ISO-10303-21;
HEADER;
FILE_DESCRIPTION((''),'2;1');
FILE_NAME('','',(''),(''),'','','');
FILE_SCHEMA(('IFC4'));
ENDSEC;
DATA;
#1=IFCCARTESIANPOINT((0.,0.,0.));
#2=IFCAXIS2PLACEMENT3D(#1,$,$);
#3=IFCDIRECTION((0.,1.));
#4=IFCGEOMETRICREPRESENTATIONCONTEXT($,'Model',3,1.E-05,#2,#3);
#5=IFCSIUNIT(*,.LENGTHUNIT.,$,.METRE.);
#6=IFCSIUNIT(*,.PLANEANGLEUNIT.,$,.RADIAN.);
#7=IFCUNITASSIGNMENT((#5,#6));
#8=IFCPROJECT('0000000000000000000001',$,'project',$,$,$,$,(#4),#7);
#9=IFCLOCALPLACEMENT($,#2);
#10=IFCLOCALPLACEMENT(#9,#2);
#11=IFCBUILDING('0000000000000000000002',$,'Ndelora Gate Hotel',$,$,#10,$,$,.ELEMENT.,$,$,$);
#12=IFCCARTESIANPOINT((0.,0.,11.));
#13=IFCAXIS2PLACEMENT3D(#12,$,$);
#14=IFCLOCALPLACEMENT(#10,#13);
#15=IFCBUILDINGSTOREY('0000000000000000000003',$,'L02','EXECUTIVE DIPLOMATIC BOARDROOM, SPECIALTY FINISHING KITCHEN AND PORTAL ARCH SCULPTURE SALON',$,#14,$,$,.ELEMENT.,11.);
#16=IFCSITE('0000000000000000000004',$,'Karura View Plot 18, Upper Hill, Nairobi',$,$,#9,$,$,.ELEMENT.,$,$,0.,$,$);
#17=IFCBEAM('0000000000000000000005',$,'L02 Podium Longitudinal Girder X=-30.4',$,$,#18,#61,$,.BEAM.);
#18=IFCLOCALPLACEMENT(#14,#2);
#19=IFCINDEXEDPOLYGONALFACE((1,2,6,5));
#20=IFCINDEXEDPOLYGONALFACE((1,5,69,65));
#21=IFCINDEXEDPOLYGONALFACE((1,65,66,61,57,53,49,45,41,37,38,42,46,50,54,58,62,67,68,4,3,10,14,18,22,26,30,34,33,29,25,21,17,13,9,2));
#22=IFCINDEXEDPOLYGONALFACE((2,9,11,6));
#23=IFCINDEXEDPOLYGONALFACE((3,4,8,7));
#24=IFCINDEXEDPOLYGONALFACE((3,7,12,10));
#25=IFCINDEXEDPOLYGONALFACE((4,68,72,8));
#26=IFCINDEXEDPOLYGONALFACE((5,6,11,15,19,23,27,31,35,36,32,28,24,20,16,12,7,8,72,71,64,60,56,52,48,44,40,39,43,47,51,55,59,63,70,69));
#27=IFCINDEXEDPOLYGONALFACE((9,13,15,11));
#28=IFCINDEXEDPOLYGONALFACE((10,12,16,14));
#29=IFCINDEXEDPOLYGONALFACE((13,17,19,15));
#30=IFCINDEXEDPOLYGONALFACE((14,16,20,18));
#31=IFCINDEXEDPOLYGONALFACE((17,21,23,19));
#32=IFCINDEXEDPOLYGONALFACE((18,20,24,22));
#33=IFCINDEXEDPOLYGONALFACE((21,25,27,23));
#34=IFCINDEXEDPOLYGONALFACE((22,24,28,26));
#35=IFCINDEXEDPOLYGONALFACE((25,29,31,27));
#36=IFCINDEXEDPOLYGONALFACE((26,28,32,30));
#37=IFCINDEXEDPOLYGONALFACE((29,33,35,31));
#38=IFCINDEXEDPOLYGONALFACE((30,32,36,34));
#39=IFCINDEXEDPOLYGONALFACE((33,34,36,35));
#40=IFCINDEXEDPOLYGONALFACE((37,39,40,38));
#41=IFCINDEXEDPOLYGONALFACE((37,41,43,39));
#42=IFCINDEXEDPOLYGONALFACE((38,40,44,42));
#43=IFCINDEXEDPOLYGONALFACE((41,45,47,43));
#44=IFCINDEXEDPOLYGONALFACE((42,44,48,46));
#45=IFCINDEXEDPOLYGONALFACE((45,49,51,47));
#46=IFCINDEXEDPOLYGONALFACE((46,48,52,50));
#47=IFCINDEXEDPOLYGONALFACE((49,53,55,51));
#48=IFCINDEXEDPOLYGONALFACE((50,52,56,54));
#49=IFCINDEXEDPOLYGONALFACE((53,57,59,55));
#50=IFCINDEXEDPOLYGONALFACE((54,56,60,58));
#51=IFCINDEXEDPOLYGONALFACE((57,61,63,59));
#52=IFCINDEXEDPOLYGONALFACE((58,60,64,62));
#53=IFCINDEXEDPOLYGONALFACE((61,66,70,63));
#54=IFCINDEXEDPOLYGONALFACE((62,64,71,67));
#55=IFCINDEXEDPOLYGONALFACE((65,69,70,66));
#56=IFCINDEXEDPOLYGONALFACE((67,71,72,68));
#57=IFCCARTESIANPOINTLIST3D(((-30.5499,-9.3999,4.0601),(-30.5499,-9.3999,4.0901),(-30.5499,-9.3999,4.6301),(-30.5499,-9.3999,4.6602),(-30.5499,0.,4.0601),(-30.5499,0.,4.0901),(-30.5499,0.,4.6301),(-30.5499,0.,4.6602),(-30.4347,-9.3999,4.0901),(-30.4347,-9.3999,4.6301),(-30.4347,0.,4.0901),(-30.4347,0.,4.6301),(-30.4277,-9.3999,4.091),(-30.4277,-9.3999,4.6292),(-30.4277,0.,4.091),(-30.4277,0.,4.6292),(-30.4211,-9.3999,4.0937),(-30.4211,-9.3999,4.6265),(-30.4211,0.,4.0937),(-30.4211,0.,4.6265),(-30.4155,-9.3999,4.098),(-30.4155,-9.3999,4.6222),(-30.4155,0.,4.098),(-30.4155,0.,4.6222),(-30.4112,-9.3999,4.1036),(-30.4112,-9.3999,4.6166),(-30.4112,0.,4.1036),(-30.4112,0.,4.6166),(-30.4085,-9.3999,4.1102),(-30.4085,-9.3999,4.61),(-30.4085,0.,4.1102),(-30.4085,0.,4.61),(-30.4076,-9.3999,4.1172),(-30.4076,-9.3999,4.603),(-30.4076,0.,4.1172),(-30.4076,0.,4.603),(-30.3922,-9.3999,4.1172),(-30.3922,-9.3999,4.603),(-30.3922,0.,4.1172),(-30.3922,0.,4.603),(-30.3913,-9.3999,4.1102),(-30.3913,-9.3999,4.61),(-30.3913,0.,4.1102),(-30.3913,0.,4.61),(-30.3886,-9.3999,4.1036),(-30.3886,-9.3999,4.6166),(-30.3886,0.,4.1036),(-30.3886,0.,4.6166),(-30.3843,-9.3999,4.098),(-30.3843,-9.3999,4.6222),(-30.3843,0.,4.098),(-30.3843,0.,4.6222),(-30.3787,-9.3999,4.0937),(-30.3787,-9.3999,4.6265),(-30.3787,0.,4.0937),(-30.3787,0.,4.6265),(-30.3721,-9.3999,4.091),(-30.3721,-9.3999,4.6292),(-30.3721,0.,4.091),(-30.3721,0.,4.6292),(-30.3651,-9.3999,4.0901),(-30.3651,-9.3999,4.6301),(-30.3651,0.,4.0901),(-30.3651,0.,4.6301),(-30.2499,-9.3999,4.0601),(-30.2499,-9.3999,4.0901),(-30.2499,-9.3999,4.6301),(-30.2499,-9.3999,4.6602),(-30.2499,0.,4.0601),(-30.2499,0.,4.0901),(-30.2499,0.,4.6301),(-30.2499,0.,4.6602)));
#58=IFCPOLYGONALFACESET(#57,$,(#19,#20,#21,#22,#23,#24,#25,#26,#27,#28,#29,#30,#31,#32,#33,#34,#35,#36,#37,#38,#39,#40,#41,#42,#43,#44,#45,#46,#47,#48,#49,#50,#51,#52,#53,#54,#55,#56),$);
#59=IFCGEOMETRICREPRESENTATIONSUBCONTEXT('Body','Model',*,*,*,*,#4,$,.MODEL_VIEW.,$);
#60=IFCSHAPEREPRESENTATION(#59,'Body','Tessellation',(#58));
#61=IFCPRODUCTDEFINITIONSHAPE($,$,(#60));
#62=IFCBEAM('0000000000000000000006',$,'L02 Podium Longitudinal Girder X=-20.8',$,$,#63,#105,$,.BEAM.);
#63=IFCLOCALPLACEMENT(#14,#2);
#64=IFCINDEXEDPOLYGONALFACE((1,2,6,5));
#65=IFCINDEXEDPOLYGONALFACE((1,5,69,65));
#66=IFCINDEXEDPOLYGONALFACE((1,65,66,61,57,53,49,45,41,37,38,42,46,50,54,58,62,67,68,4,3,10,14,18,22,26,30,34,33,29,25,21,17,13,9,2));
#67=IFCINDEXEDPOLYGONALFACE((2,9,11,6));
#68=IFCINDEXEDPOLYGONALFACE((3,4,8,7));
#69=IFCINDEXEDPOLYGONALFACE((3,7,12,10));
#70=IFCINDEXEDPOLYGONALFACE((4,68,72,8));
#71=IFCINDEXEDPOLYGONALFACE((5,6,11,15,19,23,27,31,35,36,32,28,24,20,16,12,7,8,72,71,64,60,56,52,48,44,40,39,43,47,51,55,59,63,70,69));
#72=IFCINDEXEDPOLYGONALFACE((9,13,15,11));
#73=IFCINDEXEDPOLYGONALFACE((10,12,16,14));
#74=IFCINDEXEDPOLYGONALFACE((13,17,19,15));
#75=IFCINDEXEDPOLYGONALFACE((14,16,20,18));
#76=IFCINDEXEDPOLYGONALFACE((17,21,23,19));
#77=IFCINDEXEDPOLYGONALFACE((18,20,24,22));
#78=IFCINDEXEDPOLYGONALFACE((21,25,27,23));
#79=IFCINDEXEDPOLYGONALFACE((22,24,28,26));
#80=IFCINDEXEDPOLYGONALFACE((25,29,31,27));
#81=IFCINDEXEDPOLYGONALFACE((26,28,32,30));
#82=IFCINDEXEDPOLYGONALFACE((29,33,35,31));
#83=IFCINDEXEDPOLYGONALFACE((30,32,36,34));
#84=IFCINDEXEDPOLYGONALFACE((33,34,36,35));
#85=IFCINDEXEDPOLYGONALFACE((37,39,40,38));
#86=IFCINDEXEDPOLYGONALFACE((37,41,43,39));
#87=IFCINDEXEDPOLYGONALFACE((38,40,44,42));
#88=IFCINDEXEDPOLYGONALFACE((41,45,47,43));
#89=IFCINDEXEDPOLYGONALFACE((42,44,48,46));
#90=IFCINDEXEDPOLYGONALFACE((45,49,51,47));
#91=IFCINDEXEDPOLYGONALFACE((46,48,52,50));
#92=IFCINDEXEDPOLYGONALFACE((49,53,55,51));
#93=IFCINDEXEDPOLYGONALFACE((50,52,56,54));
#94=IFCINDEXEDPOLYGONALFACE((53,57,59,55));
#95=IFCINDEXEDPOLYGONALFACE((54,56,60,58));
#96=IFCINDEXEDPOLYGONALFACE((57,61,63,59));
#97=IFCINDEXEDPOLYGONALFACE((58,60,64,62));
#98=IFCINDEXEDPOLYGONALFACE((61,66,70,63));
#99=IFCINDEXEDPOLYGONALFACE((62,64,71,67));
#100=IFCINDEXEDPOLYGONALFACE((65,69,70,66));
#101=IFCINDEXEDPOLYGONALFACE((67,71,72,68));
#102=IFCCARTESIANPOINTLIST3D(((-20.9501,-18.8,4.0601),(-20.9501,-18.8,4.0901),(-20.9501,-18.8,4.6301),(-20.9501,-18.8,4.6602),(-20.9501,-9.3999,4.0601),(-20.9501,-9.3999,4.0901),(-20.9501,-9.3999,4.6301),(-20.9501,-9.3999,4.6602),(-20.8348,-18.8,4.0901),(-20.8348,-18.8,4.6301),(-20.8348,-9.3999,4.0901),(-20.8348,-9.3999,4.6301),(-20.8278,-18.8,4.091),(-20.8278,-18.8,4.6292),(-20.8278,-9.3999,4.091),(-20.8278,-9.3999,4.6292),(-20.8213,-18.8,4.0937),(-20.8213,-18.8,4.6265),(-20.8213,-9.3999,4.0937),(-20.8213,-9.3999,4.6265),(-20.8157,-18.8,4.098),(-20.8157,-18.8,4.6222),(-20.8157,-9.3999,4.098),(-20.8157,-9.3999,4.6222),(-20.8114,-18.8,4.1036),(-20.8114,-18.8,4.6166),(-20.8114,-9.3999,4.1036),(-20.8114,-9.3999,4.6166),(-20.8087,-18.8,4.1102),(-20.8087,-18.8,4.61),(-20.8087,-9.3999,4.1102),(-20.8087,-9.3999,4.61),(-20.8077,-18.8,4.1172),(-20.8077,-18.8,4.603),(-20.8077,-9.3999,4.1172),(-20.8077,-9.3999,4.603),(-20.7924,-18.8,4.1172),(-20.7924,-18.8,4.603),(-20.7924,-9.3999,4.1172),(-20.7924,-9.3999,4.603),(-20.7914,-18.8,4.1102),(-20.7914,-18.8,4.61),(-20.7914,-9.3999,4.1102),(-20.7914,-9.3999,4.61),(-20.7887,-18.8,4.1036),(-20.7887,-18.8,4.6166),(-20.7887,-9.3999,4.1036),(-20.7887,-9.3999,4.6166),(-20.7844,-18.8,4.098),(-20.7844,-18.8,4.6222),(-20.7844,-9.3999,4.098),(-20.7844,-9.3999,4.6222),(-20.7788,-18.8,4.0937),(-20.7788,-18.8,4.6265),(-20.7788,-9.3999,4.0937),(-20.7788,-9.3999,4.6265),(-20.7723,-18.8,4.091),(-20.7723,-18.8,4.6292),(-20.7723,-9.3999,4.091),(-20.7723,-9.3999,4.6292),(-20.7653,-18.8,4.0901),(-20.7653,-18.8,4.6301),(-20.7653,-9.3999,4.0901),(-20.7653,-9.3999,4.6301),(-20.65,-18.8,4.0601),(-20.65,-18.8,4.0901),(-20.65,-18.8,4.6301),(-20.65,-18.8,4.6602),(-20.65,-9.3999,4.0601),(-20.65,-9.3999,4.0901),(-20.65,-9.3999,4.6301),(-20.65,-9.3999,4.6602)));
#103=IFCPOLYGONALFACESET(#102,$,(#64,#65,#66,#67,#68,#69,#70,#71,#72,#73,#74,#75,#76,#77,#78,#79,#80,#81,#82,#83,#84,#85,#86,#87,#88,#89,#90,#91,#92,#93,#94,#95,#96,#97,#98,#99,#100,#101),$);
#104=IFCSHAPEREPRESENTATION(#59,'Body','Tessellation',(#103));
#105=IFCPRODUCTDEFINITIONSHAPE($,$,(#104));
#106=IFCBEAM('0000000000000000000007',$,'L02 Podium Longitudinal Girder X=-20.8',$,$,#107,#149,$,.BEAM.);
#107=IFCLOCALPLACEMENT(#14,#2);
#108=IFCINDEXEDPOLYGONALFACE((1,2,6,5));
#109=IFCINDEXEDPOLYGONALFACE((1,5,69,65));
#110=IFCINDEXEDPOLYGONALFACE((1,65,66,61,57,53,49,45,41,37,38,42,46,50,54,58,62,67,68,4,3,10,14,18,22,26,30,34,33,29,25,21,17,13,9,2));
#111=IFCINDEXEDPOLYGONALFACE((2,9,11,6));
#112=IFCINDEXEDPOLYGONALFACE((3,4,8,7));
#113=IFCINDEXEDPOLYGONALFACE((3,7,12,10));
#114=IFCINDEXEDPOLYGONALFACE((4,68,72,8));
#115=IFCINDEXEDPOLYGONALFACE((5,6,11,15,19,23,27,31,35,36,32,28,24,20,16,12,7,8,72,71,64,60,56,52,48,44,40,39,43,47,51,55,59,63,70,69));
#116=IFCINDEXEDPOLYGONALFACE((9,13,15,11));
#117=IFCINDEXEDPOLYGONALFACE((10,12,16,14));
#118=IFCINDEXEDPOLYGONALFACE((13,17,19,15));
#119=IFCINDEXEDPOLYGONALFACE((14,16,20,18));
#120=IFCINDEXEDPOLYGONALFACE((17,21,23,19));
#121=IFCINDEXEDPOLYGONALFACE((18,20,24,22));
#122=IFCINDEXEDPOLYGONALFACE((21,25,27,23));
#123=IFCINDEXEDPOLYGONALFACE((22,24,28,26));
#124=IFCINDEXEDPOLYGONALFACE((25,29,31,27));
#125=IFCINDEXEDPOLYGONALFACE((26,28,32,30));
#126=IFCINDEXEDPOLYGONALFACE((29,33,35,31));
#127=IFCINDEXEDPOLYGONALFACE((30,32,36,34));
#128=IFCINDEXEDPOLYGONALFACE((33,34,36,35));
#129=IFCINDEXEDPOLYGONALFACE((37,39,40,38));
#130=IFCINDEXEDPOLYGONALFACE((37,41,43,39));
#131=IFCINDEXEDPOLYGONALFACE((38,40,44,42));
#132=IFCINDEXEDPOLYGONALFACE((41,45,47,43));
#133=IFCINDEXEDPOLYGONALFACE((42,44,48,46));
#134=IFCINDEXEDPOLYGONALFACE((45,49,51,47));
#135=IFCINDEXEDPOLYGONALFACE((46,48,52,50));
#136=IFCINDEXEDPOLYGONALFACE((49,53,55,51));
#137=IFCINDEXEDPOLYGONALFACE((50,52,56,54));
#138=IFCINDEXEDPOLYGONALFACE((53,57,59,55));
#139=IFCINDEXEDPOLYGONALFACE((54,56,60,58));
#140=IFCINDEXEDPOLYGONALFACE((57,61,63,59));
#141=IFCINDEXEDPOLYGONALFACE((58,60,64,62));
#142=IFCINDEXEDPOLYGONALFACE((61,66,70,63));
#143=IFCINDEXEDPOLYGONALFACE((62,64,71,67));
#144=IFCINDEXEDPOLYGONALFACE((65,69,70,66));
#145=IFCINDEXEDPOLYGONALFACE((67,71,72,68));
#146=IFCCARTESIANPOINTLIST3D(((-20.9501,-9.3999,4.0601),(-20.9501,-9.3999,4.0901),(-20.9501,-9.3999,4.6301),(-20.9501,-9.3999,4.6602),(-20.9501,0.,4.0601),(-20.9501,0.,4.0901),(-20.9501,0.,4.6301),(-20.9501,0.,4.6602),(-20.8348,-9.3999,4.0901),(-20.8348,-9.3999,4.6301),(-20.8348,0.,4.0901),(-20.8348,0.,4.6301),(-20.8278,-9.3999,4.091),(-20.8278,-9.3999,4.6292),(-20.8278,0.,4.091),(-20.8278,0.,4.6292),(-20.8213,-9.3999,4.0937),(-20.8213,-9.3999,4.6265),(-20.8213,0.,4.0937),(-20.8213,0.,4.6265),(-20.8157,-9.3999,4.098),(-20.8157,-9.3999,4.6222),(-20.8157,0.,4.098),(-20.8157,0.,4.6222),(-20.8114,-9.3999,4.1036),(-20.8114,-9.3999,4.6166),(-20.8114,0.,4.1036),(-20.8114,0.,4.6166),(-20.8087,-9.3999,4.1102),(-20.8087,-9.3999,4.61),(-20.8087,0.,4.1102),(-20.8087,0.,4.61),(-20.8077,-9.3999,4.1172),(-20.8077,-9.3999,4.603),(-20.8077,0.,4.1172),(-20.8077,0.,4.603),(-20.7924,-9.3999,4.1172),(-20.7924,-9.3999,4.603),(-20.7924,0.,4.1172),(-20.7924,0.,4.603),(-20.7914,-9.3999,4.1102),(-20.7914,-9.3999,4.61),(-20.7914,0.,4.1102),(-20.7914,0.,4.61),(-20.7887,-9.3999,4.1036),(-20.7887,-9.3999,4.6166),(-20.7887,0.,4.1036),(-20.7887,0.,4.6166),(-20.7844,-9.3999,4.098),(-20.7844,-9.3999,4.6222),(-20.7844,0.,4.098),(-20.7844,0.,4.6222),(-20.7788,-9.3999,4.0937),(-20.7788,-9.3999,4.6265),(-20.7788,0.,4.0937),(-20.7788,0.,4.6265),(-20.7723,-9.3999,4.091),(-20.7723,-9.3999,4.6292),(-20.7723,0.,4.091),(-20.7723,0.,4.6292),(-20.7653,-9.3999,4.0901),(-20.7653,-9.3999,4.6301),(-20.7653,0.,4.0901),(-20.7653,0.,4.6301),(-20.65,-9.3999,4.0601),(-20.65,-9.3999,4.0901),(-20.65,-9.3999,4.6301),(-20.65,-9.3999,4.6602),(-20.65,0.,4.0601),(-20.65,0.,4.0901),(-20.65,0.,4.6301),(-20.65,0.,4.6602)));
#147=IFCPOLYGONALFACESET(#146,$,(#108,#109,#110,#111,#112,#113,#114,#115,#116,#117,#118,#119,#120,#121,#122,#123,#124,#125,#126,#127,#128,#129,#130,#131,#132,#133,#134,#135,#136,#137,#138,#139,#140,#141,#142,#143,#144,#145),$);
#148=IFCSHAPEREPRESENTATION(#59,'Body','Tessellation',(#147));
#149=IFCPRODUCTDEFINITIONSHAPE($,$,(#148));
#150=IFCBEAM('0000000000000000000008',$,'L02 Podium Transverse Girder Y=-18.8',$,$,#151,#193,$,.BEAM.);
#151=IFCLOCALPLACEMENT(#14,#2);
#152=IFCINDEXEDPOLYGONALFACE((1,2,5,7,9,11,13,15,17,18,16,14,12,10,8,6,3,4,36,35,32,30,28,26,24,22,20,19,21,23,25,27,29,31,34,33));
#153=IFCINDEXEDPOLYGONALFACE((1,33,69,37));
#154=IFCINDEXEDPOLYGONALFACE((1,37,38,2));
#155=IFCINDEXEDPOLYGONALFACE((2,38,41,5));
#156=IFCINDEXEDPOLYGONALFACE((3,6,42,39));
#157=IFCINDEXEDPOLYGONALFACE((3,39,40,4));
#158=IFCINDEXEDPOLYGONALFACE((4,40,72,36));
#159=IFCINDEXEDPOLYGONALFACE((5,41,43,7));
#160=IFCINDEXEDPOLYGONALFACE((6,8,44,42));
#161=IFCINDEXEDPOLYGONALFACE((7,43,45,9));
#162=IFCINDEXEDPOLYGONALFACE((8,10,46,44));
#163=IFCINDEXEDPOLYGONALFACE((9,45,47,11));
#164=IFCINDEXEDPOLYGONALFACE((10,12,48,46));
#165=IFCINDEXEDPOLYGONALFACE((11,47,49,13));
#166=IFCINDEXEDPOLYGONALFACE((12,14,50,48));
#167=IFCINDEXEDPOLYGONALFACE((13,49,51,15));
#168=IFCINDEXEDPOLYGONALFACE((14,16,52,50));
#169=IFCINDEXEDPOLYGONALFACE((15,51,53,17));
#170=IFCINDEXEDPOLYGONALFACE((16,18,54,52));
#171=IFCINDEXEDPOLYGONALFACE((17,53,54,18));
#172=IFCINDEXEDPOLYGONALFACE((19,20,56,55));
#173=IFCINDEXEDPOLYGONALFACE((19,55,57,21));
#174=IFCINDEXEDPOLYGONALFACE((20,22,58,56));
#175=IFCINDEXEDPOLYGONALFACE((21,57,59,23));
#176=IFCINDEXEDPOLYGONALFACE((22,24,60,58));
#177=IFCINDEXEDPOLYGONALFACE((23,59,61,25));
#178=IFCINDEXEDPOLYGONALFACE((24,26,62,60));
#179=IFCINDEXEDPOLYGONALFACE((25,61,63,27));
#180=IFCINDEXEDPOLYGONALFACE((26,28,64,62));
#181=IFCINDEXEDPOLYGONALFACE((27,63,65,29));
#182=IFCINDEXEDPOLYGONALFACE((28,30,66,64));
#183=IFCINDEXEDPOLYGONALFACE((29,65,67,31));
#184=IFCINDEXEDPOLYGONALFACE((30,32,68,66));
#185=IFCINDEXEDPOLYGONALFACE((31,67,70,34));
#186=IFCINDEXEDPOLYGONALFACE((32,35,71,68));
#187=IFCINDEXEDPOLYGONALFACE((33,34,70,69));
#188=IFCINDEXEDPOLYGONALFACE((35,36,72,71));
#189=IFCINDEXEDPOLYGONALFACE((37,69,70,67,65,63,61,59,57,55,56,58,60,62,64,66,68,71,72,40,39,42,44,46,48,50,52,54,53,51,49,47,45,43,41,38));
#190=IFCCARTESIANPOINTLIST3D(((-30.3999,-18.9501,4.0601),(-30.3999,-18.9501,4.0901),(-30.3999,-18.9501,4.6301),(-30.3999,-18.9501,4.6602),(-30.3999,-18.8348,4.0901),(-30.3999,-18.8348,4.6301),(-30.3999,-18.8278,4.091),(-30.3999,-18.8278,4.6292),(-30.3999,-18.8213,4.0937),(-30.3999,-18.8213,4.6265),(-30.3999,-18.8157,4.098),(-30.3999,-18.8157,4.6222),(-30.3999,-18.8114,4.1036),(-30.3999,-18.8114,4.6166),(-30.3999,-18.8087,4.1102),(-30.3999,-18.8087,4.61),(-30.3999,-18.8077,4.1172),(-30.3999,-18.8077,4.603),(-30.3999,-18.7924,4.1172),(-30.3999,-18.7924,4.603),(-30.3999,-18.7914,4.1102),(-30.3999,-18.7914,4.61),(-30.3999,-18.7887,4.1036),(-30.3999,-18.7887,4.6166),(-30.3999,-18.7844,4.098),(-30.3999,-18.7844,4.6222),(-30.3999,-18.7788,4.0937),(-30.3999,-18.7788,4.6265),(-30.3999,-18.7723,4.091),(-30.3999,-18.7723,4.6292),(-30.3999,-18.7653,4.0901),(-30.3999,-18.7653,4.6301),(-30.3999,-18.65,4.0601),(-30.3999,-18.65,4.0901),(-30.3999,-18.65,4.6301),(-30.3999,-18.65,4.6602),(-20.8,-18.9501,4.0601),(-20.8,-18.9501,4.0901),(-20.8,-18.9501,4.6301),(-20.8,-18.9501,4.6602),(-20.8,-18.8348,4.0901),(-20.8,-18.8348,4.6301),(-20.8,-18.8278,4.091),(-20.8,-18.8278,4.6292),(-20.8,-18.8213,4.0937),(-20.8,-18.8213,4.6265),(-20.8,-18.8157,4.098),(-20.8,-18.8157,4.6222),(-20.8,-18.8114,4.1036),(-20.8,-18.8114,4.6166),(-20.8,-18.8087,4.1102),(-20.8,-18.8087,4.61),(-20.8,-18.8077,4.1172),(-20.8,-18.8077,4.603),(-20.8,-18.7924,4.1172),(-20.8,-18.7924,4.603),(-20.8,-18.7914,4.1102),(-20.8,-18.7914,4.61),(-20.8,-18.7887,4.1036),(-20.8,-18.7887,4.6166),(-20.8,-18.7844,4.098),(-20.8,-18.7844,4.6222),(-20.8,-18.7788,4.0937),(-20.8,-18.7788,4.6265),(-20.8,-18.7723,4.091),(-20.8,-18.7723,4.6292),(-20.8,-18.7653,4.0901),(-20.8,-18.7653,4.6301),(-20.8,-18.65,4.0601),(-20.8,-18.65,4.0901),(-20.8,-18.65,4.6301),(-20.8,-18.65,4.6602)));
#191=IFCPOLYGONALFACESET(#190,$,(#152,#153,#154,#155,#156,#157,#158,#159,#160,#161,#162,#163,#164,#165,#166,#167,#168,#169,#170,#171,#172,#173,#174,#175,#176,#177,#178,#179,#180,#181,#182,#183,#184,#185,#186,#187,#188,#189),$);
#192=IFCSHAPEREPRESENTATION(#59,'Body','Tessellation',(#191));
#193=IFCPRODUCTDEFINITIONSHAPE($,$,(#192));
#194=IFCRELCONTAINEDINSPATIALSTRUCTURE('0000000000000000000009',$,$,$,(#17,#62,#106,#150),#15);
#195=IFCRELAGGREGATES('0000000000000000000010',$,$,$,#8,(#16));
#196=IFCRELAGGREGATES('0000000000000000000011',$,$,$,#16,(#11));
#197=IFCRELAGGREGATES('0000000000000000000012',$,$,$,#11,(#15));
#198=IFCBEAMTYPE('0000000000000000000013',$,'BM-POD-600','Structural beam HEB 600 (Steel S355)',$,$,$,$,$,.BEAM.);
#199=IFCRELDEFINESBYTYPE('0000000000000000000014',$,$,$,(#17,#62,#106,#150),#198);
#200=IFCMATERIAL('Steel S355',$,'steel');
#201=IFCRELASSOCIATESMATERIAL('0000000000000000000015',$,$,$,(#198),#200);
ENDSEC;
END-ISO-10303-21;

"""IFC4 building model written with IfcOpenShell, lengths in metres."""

from ifc_helpers import new_model, si_unit, direction, frame, origin, origin_2d, place, context, subcontext, project, spatial, i_section, extrude, material, material_profile, profile_set, type_object, element, save


model = new_model("IFC4")

# Units and contexts
model_context = context("Model", 3, precision=1e-05, world=origin(), true_north=direction((0.0, 1.0)))
body_context = subcontext(model_context, "Body", "Model", "MODEL_VIEW")
ifc_project = project(units=[si_unit("LENGTHUNIT", "METRE"), si_unit("PLANEANGLEUNIT", "RADIAN")], contexts=[model_context])

# Site, building, storey
site_placement = place(None, origin())
site = spatial("IfcSite", under=ifc_project, at=site_placement, Name="Karura View Plot 18, Upper Hill, Nairobi", CompositionType="ELEMENT", RefElevation=0.0)
building_placement = place(site_placement, origin())
building = spatial("IfcBuilding", under=site, at=building_placement, Name="Ndelora Gate Hotel", CompositionType="ELEMENT")
storey_placement = place(building_placement, frame((0.0, 0.0, 11.0)))
storey = spatial("IfcBuildingStorey", under=building, at=storey_placement, Name="L02", Description="EXECUTIVE DIPLOMATIC BOARDROOM, SPECIALTY FINISHING KITCHEN AND PORTAL ARCH SCULPTURE SALON", CompositionType="ELEMENT", Elevation=11.0)

# Beams
ifc_material_1 = material(Name="Steel S355", Category="steel")
ifc_material_profile_1 = material_profile(ifc_material_1, i_section(OverallWidth=0.3, OverallDepth=0.6001, WebThickness=0.0154, FlangeThickness=0.03, FilletRadius=0.0271, at=origin_2d()), Name="HEB 600")
ifc_profile_set_1 = profile_set([ifc_material_profile_1], Name="Steel S355")
beam_type_1 = type_object("IfcBeamType", Name="BM-POD-600", Description="Structural beam HEB 600 (Steel S355)", PredefinedType="BEAM", material=ifc_profile_set_1)
beam_1_placement = place(storey_placement, frame((-30.3999, -9.3999, 4.3601), z_axis=(0.0, 1.0, 0.0), x_axis=(-1.0, 0.0, 0.0)))
element("IfcBeam", 1, at=beam_1_placement, inside=storey, type_object=beam_type_1, Name="L02 Podium Longitudinal Girder X=-30.4", PredefinedType="BEAM", context=body_context, shape_type="SweptSolid", body=[
    extrude(i_section(OverallWidth=0.3, OverallDepth=0.6001, WebThickness=0.0154, FlangeThickness=0.03, FilletRadius=0.0271, at=origin_2d()), origin(), (0.0, 0.0, 1.0), 9.3999),
])
beam_2_placement = place(storey_placement, frame((-20.8, -18.8, 4.3601), z_axis=(0.0, 1.0, 0.0), x_axis=(-1.0, 0.0, 0.0)))
element("IfcBeam", 2, at=beam_2_placement, inside=storey, type_object=beam_type_1, Name="L02 Podium Longitudinal Girder X=-20.8", PredefinedType="BEAM", context=body_context, shape_type="SweptSolid", body=[
    extrude(i_section(OverallWidth=0.3, OverallDepth=0.6001, WebThickness=0.0154, FlangeThickness=0.03, FilletRadius=0.0271, at=origin_2d()), origin(), (0.0, 0.0, 1.0), 9.4001),
])
beam_3_placement = place(storey_placement, frame((-20.8, -9.3999, 4.3601), z_axis=(0.0, 1.0, 0.0), x_axis=(-1.0, 0.0, 0.0)))
element("IfcBeam", 3, at=beam_3_placement, inside=storey, type_object=beam_type_1, Name="L02 Podium Longitudinal Girder X=-20.8", PredefinedType="BEAM", context=body_context, shape_type="SweptSolid", body=[
    extrude(i_section(OverallWidth=0.3, OverallDepth=0.6001, WebThickness=0.0154, FlangeThickness=0.03, FilletRadius=0.0271, at=origin_2d()), origin(), (0.0, 0.0, 1.0), 9.3999),
])
for number, where, z_axis, x_axis, name in (
    (4, (-30.3999, -18.8, 4.3601), (1.0, 0.0, 0.0), (0.0, 1.0, 0.0), "L02 Podium Transverse Girder Y=-18.8"),
):
    element("IfcBeam", number, at=place(storey_placement, frame(where, z_axis=z_axis, x_axis=x_axis)), inside=storey, type_object=beam_type_1, Name=name, PredefinedType="BEAM", context=body_context, shape_type="SweptSolid", body=[
        extrude(i_section(OverallWidth=0.3, OverallDepth=0.6001, WebThickness=0.0154, FlangeThickness=0.03, FilletRadius=0.0271, at=origin_2d()), origin(), (0.0, 0.0, 1.0), 9.5999),
    ])

save(model, "model.ifc")
